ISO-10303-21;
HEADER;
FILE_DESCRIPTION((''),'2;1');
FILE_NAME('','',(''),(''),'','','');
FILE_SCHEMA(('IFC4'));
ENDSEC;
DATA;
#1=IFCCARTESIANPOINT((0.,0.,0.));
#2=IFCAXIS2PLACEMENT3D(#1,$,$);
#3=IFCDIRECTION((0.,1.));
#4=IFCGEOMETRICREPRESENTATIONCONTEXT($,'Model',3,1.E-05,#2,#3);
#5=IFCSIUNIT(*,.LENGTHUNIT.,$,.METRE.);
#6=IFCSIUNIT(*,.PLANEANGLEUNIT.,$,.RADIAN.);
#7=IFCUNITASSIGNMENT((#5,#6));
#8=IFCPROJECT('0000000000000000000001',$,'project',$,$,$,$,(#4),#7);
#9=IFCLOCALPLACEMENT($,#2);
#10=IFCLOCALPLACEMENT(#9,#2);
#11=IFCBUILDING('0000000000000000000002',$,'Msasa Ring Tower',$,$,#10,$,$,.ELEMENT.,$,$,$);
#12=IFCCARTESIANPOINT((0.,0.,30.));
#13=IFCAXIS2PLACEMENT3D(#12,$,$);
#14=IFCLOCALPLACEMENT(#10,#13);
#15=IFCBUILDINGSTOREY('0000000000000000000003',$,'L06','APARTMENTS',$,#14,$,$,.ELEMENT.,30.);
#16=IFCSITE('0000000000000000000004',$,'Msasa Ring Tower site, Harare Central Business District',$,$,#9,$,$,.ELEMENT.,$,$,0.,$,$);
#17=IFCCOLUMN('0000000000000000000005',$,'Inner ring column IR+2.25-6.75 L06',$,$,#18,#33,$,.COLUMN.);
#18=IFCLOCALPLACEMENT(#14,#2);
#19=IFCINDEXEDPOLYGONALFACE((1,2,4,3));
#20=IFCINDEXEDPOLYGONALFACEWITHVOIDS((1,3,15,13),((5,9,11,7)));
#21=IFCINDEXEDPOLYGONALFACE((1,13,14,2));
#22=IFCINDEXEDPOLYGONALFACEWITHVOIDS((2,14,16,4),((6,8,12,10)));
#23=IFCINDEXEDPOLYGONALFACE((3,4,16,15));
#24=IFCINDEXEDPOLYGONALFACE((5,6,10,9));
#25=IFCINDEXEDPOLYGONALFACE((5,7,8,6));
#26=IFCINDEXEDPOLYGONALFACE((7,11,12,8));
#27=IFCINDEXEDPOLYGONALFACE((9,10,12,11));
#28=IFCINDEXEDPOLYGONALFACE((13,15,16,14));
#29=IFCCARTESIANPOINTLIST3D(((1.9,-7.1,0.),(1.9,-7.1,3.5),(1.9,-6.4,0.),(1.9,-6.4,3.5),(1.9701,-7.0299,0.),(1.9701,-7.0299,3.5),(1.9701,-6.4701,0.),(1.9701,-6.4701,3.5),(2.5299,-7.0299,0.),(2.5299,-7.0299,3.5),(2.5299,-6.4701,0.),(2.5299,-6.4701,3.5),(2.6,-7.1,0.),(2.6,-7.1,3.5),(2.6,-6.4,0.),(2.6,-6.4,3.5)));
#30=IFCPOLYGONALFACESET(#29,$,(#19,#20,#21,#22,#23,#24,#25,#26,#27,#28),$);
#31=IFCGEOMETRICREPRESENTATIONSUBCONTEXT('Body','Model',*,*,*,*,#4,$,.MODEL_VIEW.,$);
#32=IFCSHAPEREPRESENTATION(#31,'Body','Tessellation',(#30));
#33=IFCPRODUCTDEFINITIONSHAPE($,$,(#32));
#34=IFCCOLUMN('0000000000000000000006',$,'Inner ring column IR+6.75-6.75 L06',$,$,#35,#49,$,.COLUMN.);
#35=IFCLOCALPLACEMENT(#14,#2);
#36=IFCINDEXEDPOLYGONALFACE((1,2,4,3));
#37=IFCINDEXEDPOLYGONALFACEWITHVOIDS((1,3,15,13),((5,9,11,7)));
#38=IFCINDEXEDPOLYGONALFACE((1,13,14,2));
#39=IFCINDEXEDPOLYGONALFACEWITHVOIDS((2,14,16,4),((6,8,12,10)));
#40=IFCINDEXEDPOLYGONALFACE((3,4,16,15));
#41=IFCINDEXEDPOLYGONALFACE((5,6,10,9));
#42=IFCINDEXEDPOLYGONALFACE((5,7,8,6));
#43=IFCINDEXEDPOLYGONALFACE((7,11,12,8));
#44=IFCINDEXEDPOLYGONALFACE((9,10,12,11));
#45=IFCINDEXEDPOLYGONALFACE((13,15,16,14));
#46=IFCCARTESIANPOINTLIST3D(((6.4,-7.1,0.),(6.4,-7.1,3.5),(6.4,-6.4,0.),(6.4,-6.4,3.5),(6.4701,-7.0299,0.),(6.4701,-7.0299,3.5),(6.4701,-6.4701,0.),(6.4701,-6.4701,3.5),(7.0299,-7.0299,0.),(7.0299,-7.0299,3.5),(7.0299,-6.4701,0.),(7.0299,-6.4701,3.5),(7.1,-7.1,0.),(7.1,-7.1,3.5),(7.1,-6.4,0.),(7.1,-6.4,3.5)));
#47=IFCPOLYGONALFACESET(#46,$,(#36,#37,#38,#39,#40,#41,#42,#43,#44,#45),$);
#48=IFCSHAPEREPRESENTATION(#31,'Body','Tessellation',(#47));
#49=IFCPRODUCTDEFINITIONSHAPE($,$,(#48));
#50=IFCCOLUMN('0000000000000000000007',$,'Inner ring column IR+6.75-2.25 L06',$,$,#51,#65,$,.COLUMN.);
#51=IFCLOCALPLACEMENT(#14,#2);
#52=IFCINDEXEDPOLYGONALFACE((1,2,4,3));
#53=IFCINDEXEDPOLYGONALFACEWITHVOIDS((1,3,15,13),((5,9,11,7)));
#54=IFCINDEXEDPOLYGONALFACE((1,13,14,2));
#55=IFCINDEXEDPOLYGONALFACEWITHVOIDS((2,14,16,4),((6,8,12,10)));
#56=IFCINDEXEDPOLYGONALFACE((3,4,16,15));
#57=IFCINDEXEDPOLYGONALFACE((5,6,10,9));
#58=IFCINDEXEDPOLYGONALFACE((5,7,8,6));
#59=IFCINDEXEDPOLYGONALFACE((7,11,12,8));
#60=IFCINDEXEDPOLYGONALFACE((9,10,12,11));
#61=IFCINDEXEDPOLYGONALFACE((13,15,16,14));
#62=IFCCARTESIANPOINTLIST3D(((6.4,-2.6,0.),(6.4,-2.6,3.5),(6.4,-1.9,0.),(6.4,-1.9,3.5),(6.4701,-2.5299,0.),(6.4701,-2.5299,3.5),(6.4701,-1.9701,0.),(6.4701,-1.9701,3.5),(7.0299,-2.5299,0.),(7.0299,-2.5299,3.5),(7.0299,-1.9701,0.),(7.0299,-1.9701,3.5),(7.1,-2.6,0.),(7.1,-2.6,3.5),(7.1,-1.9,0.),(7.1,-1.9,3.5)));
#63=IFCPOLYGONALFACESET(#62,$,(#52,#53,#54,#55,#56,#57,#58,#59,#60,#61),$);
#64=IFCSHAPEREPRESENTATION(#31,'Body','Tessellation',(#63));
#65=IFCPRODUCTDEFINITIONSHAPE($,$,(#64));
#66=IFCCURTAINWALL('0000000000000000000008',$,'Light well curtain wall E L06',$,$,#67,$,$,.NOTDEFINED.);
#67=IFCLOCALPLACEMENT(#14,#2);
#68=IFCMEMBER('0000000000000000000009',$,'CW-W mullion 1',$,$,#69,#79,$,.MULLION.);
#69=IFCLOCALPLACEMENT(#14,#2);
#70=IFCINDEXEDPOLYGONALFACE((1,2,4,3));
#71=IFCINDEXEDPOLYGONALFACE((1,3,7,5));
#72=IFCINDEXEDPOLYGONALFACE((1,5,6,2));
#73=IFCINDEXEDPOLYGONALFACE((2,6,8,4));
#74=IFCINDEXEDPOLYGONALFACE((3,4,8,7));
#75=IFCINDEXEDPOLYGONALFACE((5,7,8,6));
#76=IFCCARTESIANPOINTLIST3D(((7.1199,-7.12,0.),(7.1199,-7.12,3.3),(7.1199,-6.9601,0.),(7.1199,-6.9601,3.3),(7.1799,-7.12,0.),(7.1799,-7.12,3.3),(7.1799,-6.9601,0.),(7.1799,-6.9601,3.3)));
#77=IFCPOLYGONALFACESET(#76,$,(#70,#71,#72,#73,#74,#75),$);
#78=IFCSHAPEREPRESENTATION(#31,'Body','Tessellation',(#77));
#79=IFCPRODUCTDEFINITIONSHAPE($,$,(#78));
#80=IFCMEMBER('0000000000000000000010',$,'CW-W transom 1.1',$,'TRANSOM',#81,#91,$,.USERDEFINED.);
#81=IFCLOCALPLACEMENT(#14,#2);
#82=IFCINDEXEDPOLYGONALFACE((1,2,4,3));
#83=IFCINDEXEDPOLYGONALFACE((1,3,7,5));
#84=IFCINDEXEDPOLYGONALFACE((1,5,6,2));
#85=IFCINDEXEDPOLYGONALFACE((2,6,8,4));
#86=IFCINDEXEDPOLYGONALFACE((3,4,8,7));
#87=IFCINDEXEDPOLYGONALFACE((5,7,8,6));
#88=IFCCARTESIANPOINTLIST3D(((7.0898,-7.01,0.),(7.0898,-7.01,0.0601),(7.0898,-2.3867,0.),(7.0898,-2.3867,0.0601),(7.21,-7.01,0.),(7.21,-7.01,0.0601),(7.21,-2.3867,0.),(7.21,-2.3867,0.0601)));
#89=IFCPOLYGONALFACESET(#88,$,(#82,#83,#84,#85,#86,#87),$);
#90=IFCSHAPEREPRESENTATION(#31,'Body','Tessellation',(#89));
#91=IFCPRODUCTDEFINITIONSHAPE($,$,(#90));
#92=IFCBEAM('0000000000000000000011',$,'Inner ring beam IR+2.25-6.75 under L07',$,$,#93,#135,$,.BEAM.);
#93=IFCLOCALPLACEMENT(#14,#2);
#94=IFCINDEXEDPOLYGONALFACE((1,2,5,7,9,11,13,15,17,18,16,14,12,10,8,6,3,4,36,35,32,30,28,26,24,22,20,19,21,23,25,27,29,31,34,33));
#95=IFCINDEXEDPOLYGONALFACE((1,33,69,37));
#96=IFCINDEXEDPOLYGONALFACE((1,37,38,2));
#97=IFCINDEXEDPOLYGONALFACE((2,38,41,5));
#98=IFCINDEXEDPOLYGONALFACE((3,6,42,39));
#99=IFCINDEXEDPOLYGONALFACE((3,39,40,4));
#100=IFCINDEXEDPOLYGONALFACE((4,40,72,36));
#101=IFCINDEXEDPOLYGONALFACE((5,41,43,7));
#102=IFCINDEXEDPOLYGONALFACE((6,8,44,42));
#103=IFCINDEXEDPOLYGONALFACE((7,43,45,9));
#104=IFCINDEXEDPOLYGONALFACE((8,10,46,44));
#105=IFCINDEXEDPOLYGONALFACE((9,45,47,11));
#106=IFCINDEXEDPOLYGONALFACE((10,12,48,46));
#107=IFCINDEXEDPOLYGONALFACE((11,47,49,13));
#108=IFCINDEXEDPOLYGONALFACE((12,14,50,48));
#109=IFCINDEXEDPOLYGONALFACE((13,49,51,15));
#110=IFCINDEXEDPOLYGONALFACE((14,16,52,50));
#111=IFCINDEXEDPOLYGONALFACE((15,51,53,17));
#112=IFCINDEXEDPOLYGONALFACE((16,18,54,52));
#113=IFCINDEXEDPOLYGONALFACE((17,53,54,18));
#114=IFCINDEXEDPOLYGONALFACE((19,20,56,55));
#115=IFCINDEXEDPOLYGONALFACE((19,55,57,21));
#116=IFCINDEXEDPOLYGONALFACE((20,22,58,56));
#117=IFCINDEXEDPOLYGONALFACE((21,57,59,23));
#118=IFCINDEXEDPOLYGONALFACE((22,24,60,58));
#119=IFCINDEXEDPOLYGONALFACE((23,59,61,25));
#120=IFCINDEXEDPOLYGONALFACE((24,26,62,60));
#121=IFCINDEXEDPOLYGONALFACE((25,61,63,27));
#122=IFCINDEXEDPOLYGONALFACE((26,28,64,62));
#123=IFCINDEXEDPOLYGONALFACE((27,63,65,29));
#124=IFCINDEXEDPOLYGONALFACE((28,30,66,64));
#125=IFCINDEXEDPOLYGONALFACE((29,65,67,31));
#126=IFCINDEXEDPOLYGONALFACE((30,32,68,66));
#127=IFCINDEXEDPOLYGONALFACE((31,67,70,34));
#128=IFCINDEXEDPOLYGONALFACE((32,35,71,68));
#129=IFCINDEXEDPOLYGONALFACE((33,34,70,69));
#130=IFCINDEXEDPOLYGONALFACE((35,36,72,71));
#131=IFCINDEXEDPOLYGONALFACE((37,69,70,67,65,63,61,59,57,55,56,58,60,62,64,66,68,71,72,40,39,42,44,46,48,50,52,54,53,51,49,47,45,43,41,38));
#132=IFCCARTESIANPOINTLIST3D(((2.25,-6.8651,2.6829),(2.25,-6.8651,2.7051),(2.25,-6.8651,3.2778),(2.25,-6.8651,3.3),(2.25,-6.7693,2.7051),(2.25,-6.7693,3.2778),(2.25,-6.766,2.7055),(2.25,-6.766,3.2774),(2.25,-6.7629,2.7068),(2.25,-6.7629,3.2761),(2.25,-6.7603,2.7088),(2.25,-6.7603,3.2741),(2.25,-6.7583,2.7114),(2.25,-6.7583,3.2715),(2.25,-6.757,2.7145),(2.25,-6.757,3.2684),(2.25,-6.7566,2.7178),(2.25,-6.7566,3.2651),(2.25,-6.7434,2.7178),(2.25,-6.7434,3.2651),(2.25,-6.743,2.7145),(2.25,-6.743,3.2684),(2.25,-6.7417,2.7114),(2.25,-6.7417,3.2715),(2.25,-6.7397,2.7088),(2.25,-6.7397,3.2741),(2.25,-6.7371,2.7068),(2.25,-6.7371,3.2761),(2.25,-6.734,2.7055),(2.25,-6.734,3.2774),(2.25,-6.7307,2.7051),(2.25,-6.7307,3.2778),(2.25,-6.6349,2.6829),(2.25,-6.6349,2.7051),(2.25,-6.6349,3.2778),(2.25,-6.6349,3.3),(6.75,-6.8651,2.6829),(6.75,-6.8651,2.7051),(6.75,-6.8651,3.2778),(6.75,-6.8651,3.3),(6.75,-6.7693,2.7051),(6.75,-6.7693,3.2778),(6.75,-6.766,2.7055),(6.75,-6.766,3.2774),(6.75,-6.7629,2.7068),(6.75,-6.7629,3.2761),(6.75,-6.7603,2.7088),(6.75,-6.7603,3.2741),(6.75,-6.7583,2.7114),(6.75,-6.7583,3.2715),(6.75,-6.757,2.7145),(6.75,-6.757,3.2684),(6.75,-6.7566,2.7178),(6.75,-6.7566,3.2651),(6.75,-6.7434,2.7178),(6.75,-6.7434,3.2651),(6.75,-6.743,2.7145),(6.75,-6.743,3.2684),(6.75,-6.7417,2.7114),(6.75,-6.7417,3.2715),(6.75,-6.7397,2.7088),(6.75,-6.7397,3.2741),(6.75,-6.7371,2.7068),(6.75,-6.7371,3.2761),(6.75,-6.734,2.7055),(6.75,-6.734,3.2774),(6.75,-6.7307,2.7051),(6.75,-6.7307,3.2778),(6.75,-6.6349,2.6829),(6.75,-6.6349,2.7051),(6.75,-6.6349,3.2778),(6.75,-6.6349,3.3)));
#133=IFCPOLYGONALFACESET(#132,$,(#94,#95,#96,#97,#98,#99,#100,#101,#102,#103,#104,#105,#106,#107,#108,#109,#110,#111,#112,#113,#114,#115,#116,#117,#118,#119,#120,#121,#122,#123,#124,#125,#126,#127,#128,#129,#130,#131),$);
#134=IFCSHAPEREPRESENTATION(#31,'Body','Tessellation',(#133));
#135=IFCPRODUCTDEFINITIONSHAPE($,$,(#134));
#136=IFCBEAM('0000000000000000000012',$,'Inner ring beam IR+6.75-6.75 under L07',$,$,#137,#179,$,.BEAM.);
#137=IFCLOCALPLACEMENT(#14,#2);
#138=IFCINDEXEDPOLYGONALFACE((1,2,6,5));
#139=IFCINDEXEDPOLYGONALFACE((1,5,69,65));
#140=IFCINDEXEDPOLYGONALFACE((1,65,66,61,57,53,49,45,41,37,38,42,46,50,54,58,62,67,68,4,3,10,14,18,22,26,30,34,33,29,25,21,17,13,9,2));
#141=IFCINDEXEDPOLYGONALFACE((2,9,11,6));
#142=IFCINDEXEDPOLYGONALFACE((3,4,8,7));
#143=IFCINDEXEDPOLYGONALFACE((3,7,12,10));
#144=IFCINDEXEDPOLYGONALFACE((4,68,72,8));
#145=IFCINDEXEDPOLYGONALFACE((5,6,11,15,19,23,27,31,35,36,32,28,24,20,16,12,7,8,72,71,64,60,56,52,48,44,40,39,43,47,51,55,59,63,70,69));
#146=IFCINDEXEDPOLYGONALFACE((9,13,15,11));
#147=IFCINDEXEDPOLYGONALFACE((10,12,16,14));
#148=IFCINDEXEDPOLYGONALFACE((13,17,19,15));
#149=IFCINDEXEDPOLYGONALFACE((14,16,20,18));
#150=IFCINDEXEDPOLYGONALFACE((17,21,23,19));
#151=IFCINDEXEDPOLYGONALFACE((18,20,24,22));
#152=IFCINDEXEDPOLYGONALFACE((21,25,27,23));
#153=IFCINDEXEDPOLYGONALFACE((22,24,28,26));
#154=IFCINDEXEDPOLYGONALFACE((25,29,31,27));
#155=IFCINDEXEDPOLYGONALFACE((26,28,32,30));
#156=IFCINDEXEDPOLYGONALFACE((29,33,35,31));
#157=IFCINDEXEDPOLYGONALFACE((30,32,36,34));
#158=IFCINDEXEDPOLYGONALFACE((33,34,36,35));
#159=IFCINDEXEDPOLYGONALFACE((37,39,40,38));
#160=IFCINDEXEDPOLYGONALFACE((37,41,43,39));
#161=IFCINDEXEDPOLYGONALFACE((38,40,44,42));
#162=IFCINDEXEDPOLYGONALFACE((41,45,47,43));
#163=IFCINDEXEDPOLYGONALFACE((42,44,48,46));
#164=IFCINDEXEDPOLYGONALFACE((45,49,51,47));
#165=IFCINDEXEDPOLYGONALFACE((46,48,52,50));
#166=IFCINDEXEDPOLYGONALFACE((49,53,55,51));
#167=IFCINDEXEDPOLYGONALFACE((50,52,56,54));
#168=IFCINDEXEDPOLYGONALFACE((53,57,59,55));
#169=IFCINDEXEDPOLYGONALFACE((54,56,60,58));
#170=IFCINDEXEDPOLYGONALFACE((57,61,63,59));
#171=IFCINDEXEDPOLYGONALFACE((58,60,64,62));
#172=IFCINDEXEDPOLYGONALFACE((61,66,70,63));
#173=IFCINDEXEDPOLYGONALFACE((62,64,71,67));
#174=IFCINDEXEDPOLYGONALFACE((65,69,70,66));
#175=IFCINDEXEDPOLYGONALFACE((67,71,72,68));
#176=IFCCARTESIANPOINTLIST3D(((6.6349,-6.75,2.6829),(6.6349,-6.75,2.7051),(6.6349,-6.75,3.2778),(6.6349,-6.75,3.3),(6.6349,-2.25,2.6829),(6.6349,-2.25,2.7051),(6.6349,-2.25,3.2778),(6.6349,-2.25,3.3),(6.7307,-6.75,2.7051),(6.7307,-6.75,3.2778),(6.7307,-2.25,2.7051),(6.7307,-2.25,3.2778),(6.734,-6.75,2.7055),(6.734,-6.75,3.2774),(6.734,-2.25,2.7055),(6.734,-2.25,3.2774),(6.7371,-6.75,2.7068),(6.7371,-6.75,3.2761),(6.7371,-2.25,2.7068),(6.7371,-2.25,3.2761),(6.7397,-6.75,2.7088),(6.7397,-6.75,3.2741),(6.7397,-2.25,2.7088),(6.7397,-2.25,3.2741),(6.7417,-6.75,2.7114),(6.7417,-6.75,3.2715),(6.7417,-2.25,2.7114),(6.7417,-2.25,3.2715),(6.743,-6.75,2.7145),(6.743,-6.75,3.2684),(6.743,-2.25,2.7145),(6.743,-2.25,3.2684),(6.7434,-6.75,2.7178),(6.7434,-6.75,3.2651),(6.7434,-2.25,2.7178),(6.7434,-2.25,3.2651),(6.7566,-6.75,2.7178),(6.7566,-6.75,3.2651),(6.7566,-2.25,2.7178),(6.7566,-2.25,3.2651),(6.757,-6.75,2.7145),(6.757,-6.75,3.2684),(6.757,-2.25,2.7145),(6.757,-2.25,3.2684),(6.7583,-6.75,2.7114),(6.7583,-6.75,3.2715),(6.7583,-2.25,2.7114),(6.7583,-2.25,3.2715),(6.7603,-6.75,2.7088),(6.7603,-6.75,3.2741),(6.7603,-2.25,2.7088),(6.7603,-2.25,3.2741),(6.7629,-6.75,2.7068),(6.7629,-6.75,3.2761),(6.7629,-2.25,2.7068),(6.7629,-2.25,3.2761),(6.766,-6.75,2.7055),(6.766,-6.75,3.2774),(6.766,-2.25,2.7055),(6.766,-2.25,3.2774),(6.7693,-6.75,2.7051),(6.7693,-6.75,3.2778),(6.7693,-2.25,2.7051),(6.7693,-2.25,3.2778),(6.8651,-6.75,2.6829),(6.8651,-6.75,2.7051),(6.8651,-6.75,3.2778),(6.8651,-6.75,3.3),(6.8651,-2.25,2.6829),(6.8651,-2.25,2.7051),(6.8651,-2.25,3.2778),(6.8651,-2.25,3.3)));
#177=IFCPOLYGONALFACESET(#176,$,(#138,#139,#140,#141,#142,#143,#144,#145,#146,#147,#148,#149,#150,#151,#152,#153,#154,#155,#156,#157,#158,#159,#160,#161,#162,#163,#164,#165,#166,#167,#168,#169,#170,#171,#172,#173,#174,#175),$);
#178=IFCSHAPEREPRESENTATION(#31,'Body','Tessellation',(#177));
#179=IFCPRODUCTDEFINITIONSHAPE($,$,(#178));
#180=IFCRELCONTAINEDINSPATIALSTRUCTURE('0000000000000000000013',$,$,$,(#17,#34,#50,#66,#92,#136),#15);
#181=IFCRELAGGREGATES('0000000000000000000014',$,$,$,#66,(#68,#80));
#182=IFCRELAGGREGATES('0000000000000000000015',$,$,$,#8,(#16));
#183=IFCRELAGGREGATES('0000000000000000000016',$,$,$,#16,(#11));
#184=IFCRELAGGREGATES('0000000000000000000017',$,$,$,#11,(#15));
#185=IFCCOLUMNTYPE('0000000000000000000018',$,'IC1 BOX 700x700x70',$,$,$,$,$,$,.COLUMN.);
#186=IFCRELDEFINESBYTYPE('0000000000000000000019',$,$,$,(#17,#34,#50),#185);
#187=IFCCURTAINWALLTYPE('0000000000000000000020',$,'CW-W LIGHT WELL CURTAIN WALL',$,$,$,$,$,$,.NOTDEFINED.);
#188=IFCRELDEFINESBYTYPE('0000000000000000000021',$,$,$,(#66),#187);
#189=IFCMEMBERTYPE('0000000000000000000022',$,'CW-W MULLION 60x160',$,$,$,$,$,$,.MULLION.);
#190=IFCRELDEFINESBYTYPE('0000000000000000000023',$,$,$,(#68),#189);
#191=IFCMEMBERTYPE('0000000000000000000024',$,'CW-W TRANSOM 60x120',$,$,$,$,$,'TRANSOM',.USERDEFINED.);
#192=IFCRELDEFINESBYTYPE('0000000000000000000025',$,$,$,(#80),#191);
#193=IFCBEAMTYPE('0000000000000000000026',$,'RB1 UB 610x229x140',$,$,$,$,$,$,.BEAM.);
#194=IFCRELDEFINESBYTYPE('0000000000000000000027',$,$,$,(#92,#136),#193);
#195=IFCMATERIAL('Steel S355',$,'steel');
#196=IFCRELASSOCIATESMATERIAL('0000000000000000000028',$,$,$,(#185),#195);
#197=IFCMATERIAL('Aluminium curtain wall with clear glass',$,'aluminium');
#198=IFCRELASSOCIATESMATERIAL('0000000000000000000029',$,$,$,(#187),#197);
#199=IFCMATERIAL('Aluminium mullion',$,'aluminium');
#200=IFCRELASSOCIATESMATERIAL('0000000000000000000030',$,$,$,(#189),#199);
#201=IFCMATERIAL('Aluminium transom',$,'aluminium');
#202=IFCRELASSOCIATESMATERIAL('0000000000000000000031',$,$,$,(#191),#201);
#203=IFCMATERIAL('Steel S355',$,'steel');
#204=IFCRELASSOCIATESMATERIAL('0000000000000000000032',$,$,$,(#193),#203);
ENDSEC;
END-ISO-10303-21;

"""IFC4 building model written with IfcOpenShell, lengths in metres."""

from ifc_helpers import new_model, si_unit, direction, frame, origin, origin_2d, place, context, subcontext, project, spatial, rectangle, hollow_rectangle, i_section, extrude, material, material_profile, profile_set, type_object, element, aggregate, save


model = new_model("IFC4")

# Units and contexts
model_context = context("Model", 3, precision=1e-05, world=origin(), true_north=direction((0.0, 1.0)))
body_context = subcontext(model_context, "Body", "Model", "MODEL_VIEW")
ifc_project = project(units=[si_unit("LENGTHUNIT", "METRE"), si_unit("PLANEANGLEUNIT", "RADIAN")], contexts=[model_context])

# Site, building, storey
site_placement = place(None, origin())
site = spatial("IfcSite", under=ifc_project, at=site_placement, Name="Msasa Ring Tower site, Harare Central Business District", CompositionType="ELEMENT", RefElevation=0.0)
building_placement = place(site_placement, origin())
building = spatial("IfcBuilding", under=site, at=building_placement, Name="Msasa Ring Tower", CompositionType="ELEMENT")
storey_placement = place(building_placement, frame((0.0, 0.0, 30.0)))
storey = spatial("IfcBuildingStorey", under=building, at=storey_placement, Name="L06", Description="APARTMENTS", CompositionType="ELEMENT", Elevation=30.0)

# Columns
ifc_material_1 = material(Name="Steel S355", Category="steel")
ifc_material_profile_1 = material_profile(ifc_material_1, hollow_rectangle(XDim=0.7, YDim=0.7, WallThickness=0.0701, at=origin_2d()), Name="BOX 700x700x70")
ifc_profile_set_1 = profile_set([ifc_material_profile_1], Name="Steel S355")
column_type = type_object("IfcColumnType", Name="IC1 BOX 700x700x70", PredefinedType="COLUMN", material=ifc_profile_set_1)
for number, where, z_axis, x_axis, name in (
    (1, (2.25, -6.75, 0.0), (0.0, 0.0, 1.0), (1.0, 0.0, 0.0), "Inner ring column IR+2.25-6.75 L06"),
    (2, (6.75, -6.75, 0.0), (0.0, 0.0, 1.0), (1.0, 0.0, 0.0), "Inner ring column IR+6.75-6.75 L06"),
    (3, (6.75, -2.25, 0.0), (0.0, 0.0, 1.0), (1.0, 0.0, 0.0), "Inner ring column IR+6.75-2.25 L06"),
):
    element("IfcColumn", number, at=place(storey_placement, frame(where, z_axis=z_axis, x_axis=x_axis)), inside=storey, type_object=column_type, Name=name, PredefinedType="COLUMN", context=body_context, shape_type="SweptSolid", body=[
        extrude(hollow_rectangle(XDim=0.7, YDim=0.7, WallThickness=0.0701, at=origin_2d()), origin(), (0.0, 0.0, 1.0), 3.5),
    ])

# Curtain wall, members
ifc_material_2 = material(Name="Aluminium curtain wall with clear glass", Category="aluminium")
curtain_wall_type = type_object("IfcCurtainWallType", Name="CW-W LIGHT WELL CURTAIN WALL", PredefinedType="NOTDEFINED", material=ifc_material_2)
curtain_wall_1_placement = place(storey_placement, origin())
curtain_wall_1 = element("IfcCurtainWall", 4, at=curtain_wall_1_placement, inside=storey, type_object=curtain_wall_type, Name="Light well curtain wall E L06", PredefinedType="NOTDEFINED")
ifc_material_3 = material(Name="Aluminium mullion", Category="aluminium")
ifc_material_profile_2 = material_profile(ifc_material_3, rectangle(XDim=0.0601, YDim=0.1599, at=origin_2d()), Name="AL 60x160")
ifc_profile_set_2 = profile_set([ifc_material_profile_2], Name="Aluminium mullion")
member_type_1 = type_object("IfcMemberType", Name="CW-W MULLION 60x160", PredefinedType="MULLION", material=ifc_profile_set_2)
member_1_placement = place(storey_placement, frame((7.1499, -7.04, 0.0), z_axis=(0.0, 0.0, 1.0), x_axis=(-1.0, 0.0, 0.0)))
member_1 = element("IfcMember", 5, at=member_1_placement, type_object=member_type_1, Name="CW-W mullion 1", PredefinedType="MULLION", context=body_context, shape_type="SweptSolid", body=[
    extrude(rectangle(XDim=0.0601, YDim=0.1599, at=origin_2d()), origin(), (0.0, 0.0, 1.0), 3.3),
])
ifc_material_4 = material(Name="Aluminium transom", Category="aluminium")
ifc_material_profile_3 = material_profile(ifc_material_4, rectangle(XDim=0.1201, YDim=0.0601, at=origin_2d()), Name="AL 60x120")
ifc_profile_set_3 = profile_set([ifc_material_profile_3], Name="Aluminium transom")
member_type_2 = type_object("IfcMemberType", Name="CW-W TRANSOM 60x120", ElementType="TRANSOM", PredefinedType="USERDEFINED", material=ifc_profile_set_3)
member_2_placement = place(storey_placement, frame((7.1499, -7.01, 0.03), z_axis=(0.0, 1.0, 0.0), x_axis=(-1.0, 0.0, 0.0)))
member_2 = element("IfcMember", 6, at=member_2_placement, type_object=member_type_2, Name="CW-W transom 1.1", ObjectType="TRANSOM", PredefinedType="USERDEFINED", context=body_context, shape_type="SweptSolid", body=[
    extrude(rectangle(XDim=0.1201, YDim=0.0601, at=origin_2d()), origin(), (0.0, 0.0, 1.0), 4.6233),
])
aggregate(curtain_wall_1, [member_1, member_2])

# Beams
ifc_material_5 = material(Name="Steel S355", Category="steel")
ifc_material_profile_4 = material_profile(ifc_material_5, i_section(OverallWidth=0.2302, OverallDepth=0.6172, WebThickness=0.0132, FlangeThickness=0.0222, FilletRadius=0.0127, at=origin_2d()), Name="UB 610x229x140")
ifc_profile_set_4 = profile_set([ifc_material_profile_4], Name="Steel S355")
beam_type = type_object("IfcBeamType", Name="RB1 UB 610x229x140", PredefinedType="BEAM", material=ifc_profile_set_4)
for number, where, z_axis, x_axis, name in (
    (7, (2.25, -6.75, 2.9915), (1.0, 0.0, 0.0), (0.0, 1.0, 0.0), "Inner ring beam IR+2.25-6.75 under L07"),
    (8, (6.75, -6.75, 2.9915), (0.0, 1.0, 0.0), (-1.0, 0.0, 0.0), "Inner ring beam IR+6.75-6.75 under L07"),
):
    element("IfcBeam", number, at=place(storey_placement, frame(where, z_axis=z_axis, x_axis=x_axis)), inside=storey, type_object=beam_type, Name=name, PredefinedType="BEAM", context=body_context, shape_type="SweptSolid", body=[
        extrude(i_section(OverallWidth=0.2302, OverallDepth=0.6172, WebThickness=0.0132, FlangeThickness=0.0222, FilletRadius=0.0127, at=origin_2d()), origin(), (0.0, 0.0, 1.0), 4.5),
    ])

save(model, "model.ifc")
